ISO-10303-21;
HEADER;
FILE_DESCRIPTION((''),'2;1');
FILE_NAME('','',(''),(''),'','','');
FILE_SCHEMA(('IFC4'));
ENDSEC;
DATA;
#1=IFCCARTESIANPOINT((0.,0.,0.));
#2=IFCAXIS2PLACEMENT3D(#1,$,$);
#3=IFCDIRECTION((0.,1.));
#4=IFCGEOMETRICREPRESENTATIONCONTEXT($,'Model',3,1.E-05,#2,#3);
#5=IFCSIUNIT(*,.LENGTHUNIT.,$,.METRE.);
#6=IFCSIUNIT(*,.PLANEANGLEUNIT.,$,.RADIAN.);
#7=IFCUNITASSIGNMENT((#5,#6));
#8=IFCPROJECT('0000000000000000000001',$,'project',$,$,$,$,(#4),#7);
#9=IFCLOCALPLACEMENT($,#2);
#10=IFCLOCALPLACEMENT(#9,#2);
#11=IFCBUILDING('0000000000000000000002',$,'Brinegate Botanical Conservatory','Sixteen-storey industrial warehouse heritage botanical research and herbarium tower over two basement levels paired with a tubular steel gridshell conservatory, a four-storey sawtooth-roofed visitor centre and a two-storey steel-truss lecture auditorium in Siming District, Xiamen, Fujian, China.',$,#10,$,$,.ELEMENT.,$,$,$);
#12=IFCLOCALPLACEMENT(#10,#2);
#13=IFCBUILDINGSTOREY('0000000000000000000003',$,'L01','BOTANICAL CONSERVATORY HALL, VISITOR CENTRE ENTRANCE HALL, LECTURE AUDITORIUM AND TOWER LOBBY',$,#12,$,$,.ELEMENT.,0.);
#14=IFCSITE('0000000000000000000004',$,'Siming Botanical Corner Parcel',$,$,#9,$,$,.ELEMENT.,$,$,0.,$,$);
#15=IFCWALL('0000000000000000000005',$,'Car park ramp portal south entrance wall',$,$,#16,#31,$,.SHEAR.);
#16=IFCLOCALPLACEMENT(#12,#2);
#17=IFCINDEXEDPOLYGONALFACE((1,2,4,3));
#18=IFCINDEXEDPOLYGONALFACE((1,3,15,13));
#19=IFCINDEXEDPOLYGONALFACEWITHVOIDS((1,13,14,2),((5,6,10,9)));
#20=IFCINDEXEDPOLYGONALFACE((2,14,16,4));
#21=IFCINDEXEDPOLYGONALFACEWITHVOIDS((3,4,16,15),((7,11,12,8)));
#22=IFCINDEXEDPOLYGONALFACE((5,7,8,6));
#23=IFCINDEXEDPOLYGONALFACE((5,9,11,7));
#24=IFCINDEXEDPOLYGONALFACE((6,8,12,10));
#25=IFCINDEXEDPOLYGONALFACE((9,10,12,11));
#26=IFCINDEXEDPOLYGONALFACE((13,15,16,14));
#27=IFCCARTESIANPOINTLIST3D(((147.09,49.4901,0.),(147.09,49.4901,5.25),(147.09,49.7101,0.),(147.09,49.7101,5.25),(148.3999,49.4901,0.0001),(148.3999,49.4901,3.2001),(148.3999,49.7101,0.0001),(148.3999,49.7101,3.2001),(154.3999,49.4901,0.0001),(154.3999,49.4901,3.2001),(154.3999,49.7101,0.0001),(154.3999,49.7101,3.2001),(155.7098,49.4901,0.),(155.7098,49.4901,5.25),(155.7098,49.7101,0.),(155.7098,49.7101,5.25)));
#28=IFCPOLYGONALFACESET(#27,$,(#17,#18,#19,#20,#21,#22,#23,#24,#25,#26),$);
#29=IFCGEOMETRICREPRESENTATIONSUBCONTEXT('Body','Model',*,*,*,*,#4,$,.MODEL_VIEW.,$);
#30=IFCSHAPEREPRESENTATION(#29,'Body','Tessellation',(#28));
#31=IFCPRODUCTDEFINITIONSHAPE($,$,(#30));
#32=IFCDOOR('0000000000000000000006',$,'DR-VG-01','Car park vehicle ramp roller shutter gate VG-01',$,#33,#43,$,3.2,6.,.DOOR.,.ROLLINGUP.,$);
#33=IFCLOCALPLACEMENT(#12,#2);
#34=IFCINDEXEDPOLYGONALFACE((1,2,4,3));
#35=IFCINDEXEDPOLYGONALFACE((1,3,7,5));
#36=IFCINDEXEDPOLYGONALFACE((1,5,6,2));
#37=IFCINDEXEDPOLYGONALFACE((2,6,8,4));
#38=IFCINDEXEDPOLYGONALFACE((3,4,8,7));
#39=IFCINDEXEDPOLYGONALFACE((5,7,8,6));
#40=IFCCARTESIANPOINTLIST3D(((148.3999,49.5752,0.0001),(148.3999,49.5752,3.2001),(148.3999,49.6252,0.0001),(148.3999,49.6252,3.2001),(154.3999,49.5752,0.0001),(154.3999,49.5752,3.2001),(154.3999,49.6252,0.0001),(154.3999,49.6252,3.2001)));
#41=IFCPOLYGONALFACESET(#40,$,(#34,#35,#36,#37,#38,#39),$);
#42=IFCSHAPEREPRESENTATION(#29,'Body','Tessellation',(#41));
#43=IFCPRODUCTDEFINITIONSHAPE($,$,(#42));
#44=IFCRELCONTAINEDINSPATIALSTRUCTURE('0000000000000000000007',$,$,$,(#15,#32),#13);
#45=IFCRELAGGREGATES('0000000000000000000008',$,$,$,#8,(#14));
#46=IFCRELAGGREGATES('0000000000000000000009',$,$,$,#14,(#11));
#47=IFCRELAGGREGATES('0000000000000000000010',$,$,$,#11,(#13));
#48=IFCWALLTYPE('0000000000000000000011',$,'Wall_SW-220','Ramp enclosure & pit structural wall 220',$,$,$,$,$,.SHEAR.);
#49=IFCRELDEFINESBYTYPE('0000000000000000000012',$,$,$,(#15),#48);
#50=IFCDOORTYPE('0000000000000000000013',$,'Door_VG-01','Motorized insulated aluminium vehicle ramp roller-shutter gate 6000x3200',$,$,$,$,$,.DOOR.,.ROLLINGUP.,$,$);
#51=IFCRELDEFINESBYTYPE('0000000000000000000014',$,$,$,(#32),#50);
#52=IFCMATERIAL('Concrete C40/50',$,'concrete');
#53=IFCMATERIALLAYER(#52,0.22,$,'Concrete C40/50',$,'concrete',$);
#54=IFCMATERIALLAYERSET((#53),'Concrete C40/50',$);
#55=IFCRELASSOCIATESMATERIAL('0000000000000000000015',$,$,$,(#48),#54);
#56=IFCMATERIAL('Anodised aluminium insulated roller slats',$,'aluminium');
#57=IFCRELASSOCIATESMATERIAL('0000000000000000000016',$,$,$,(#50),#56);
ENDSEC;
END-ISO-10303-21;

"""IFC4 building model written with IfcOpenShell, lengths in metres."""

from ifc_helpers import new_model, si_unit, direction, frame, frame_2d, origin, place, context, subcontext, project, spatial, rectangle, extrude, material, layer, layer_set, type_object, element, fill, save


model = new_model("IFC4")

# Units and contexts
model_context = context("Model", 3, precision=1e-05, world=origin(), true_north=direction((0.0, 1.0)))
body_context = subcontext(model_context, "Body", "Model", "MODEL_VIEW")
ifc_project = project(units=[si_unit("LENGTHUNIT", "METRE"), si_unit("PLANEANGLEUNIT", "RADIAN")], contexts=[model_context])

# Site, building, storey
site_placement = place(None, origin())
site = spatial("IfcSite", under=ifc_project, at=site_placement, Name="Siming Botanical Corner Parcel", CompositionType="ELEMENT", RefElevation=0.0)
building_placement = place(site_placement, origin())
building = spatial("IfcBuilding", under=site, at=building_placement, Name="Brinegate Botanical Conservatory", Description="Sixteen-storey industrial warehouse heritage botanical research and herbarium tower over two basement levels paired with a tubular steel gridshell conservatory, a four-storey sawtooth-roofed visitor centre and a two-storey steel-truss lecture auditorium in Siming District, Xiamen, Fujian, China.", CompositionType="ELEMENT")
storey_placement = place(building_placement, origin())
storey = spatial("IfcBuildingStorey", under=building, at=storey_placement, Name="L01", Description="BOTANICAL CONSERVATORY HALL, VISITOR CENTRE ENTRANCE HALL, LECTURE AUDITORIUM AND TOWER LOBBY", CompositionType="ELEMENT", Elevation=0.0)

# Shared definitions
ifc_material_1 = material(Name="Concrete C40/50", Category="concrete")

# Wall, opening, door
ifc_layer_1 = layer(ifc_material_1, 0.22, Name="Concrete C40/50", Category="concrete")
ifc_layer_set_1 = layer_set([ifc_layer_1], Name="Concrete C40/50")
wall_type_1 = type_object("IfcWallType", Name="Wall_SW-220", Description="Ramp enclosure & pit structural wall 220", PredefinedType="SHEAR", material=ifc_layer_set_1)
wall_1_placement = place(storey_placement, frame((155.71, 49.6001, 0.0), z_axis=(0.0, 0.0, 1.0), x_axis=(-1.0, 0.0, 0.0)))
wall_1 = element("IfcWall", 1, at=wall_1_placement, inside=storey, type_object=wall_type_1, Name="Car park ramp portal south entrance wall", PredefinedType="SHEAR", context=body_context, shape_type="SweptSolid", body=[
    extrude(rectangle(XDim=8.6199, YDim=0.22, at=frame_2d((4.3101, 0.0))), origin(), (0.0, 0.0, 1.0), 5.25),
])
opening_1_placement = place(wall_1_placement, frame((1.3101, 0.0, 0.0)))
opening_1 = element("IfcOpeningElement", 2, at=opening_1_placement, cuts=wall_1, PredefinedType="OPENING", context=body_context, shape_type="SweptSolid", body=[
    extrude(rectangle(XDim=6.0, YDim=3.2, at=frame_2d((3.0, 1.6001))), frame((0.0, 0.1199, 0.0), z_axis=(0.0, -1.0, 0.0), x_axis=(1.0, 0.0, 0.0)), (0.0, 0.0, 1.0), 0.24),
])
ifc_material_2 = material(Name="Anodised aluminium insulated roller slats", Category="aluminium")
door_type_1 = type_object("IfcDoorType", Name="Door_VG-01", Description="Motorized insulated aluminium vehicle ramp roller-shutter gate 6000x3200", OperationType="ROLLINGUP", PredefinedType="DOOR", material=ifc_material_2)
door_1_placement = place(opening_1_placement, origin())
door_1 = element("IfcDoor", 3, at=door_1_placement, inside=storey, type_object=door_type_1, Name="DR-VG-01", Description="Car park vehicle ramp roller shutter gate VG-01", OperationType="ROLLINGUP", OverallHeight=3.2, OverallWidth=6.0, PredefinedType="DOOR", context=body_context, shape_type="SweptSolid", body=[
    extrude(rectangle(XDim=6.0, YDim=3.2, at=frame_2d((3.0, 1.6001))), frame((0.0, 0.0249, 0.0), z_axis=(0.0, -1.0, 0.0), x_axis=(1.0, 0.0, 0.0)), (0.0, 0.0, 1.0), 0.05),
])
fill(opening_1, door_1)

save(model, "model.ifc")
